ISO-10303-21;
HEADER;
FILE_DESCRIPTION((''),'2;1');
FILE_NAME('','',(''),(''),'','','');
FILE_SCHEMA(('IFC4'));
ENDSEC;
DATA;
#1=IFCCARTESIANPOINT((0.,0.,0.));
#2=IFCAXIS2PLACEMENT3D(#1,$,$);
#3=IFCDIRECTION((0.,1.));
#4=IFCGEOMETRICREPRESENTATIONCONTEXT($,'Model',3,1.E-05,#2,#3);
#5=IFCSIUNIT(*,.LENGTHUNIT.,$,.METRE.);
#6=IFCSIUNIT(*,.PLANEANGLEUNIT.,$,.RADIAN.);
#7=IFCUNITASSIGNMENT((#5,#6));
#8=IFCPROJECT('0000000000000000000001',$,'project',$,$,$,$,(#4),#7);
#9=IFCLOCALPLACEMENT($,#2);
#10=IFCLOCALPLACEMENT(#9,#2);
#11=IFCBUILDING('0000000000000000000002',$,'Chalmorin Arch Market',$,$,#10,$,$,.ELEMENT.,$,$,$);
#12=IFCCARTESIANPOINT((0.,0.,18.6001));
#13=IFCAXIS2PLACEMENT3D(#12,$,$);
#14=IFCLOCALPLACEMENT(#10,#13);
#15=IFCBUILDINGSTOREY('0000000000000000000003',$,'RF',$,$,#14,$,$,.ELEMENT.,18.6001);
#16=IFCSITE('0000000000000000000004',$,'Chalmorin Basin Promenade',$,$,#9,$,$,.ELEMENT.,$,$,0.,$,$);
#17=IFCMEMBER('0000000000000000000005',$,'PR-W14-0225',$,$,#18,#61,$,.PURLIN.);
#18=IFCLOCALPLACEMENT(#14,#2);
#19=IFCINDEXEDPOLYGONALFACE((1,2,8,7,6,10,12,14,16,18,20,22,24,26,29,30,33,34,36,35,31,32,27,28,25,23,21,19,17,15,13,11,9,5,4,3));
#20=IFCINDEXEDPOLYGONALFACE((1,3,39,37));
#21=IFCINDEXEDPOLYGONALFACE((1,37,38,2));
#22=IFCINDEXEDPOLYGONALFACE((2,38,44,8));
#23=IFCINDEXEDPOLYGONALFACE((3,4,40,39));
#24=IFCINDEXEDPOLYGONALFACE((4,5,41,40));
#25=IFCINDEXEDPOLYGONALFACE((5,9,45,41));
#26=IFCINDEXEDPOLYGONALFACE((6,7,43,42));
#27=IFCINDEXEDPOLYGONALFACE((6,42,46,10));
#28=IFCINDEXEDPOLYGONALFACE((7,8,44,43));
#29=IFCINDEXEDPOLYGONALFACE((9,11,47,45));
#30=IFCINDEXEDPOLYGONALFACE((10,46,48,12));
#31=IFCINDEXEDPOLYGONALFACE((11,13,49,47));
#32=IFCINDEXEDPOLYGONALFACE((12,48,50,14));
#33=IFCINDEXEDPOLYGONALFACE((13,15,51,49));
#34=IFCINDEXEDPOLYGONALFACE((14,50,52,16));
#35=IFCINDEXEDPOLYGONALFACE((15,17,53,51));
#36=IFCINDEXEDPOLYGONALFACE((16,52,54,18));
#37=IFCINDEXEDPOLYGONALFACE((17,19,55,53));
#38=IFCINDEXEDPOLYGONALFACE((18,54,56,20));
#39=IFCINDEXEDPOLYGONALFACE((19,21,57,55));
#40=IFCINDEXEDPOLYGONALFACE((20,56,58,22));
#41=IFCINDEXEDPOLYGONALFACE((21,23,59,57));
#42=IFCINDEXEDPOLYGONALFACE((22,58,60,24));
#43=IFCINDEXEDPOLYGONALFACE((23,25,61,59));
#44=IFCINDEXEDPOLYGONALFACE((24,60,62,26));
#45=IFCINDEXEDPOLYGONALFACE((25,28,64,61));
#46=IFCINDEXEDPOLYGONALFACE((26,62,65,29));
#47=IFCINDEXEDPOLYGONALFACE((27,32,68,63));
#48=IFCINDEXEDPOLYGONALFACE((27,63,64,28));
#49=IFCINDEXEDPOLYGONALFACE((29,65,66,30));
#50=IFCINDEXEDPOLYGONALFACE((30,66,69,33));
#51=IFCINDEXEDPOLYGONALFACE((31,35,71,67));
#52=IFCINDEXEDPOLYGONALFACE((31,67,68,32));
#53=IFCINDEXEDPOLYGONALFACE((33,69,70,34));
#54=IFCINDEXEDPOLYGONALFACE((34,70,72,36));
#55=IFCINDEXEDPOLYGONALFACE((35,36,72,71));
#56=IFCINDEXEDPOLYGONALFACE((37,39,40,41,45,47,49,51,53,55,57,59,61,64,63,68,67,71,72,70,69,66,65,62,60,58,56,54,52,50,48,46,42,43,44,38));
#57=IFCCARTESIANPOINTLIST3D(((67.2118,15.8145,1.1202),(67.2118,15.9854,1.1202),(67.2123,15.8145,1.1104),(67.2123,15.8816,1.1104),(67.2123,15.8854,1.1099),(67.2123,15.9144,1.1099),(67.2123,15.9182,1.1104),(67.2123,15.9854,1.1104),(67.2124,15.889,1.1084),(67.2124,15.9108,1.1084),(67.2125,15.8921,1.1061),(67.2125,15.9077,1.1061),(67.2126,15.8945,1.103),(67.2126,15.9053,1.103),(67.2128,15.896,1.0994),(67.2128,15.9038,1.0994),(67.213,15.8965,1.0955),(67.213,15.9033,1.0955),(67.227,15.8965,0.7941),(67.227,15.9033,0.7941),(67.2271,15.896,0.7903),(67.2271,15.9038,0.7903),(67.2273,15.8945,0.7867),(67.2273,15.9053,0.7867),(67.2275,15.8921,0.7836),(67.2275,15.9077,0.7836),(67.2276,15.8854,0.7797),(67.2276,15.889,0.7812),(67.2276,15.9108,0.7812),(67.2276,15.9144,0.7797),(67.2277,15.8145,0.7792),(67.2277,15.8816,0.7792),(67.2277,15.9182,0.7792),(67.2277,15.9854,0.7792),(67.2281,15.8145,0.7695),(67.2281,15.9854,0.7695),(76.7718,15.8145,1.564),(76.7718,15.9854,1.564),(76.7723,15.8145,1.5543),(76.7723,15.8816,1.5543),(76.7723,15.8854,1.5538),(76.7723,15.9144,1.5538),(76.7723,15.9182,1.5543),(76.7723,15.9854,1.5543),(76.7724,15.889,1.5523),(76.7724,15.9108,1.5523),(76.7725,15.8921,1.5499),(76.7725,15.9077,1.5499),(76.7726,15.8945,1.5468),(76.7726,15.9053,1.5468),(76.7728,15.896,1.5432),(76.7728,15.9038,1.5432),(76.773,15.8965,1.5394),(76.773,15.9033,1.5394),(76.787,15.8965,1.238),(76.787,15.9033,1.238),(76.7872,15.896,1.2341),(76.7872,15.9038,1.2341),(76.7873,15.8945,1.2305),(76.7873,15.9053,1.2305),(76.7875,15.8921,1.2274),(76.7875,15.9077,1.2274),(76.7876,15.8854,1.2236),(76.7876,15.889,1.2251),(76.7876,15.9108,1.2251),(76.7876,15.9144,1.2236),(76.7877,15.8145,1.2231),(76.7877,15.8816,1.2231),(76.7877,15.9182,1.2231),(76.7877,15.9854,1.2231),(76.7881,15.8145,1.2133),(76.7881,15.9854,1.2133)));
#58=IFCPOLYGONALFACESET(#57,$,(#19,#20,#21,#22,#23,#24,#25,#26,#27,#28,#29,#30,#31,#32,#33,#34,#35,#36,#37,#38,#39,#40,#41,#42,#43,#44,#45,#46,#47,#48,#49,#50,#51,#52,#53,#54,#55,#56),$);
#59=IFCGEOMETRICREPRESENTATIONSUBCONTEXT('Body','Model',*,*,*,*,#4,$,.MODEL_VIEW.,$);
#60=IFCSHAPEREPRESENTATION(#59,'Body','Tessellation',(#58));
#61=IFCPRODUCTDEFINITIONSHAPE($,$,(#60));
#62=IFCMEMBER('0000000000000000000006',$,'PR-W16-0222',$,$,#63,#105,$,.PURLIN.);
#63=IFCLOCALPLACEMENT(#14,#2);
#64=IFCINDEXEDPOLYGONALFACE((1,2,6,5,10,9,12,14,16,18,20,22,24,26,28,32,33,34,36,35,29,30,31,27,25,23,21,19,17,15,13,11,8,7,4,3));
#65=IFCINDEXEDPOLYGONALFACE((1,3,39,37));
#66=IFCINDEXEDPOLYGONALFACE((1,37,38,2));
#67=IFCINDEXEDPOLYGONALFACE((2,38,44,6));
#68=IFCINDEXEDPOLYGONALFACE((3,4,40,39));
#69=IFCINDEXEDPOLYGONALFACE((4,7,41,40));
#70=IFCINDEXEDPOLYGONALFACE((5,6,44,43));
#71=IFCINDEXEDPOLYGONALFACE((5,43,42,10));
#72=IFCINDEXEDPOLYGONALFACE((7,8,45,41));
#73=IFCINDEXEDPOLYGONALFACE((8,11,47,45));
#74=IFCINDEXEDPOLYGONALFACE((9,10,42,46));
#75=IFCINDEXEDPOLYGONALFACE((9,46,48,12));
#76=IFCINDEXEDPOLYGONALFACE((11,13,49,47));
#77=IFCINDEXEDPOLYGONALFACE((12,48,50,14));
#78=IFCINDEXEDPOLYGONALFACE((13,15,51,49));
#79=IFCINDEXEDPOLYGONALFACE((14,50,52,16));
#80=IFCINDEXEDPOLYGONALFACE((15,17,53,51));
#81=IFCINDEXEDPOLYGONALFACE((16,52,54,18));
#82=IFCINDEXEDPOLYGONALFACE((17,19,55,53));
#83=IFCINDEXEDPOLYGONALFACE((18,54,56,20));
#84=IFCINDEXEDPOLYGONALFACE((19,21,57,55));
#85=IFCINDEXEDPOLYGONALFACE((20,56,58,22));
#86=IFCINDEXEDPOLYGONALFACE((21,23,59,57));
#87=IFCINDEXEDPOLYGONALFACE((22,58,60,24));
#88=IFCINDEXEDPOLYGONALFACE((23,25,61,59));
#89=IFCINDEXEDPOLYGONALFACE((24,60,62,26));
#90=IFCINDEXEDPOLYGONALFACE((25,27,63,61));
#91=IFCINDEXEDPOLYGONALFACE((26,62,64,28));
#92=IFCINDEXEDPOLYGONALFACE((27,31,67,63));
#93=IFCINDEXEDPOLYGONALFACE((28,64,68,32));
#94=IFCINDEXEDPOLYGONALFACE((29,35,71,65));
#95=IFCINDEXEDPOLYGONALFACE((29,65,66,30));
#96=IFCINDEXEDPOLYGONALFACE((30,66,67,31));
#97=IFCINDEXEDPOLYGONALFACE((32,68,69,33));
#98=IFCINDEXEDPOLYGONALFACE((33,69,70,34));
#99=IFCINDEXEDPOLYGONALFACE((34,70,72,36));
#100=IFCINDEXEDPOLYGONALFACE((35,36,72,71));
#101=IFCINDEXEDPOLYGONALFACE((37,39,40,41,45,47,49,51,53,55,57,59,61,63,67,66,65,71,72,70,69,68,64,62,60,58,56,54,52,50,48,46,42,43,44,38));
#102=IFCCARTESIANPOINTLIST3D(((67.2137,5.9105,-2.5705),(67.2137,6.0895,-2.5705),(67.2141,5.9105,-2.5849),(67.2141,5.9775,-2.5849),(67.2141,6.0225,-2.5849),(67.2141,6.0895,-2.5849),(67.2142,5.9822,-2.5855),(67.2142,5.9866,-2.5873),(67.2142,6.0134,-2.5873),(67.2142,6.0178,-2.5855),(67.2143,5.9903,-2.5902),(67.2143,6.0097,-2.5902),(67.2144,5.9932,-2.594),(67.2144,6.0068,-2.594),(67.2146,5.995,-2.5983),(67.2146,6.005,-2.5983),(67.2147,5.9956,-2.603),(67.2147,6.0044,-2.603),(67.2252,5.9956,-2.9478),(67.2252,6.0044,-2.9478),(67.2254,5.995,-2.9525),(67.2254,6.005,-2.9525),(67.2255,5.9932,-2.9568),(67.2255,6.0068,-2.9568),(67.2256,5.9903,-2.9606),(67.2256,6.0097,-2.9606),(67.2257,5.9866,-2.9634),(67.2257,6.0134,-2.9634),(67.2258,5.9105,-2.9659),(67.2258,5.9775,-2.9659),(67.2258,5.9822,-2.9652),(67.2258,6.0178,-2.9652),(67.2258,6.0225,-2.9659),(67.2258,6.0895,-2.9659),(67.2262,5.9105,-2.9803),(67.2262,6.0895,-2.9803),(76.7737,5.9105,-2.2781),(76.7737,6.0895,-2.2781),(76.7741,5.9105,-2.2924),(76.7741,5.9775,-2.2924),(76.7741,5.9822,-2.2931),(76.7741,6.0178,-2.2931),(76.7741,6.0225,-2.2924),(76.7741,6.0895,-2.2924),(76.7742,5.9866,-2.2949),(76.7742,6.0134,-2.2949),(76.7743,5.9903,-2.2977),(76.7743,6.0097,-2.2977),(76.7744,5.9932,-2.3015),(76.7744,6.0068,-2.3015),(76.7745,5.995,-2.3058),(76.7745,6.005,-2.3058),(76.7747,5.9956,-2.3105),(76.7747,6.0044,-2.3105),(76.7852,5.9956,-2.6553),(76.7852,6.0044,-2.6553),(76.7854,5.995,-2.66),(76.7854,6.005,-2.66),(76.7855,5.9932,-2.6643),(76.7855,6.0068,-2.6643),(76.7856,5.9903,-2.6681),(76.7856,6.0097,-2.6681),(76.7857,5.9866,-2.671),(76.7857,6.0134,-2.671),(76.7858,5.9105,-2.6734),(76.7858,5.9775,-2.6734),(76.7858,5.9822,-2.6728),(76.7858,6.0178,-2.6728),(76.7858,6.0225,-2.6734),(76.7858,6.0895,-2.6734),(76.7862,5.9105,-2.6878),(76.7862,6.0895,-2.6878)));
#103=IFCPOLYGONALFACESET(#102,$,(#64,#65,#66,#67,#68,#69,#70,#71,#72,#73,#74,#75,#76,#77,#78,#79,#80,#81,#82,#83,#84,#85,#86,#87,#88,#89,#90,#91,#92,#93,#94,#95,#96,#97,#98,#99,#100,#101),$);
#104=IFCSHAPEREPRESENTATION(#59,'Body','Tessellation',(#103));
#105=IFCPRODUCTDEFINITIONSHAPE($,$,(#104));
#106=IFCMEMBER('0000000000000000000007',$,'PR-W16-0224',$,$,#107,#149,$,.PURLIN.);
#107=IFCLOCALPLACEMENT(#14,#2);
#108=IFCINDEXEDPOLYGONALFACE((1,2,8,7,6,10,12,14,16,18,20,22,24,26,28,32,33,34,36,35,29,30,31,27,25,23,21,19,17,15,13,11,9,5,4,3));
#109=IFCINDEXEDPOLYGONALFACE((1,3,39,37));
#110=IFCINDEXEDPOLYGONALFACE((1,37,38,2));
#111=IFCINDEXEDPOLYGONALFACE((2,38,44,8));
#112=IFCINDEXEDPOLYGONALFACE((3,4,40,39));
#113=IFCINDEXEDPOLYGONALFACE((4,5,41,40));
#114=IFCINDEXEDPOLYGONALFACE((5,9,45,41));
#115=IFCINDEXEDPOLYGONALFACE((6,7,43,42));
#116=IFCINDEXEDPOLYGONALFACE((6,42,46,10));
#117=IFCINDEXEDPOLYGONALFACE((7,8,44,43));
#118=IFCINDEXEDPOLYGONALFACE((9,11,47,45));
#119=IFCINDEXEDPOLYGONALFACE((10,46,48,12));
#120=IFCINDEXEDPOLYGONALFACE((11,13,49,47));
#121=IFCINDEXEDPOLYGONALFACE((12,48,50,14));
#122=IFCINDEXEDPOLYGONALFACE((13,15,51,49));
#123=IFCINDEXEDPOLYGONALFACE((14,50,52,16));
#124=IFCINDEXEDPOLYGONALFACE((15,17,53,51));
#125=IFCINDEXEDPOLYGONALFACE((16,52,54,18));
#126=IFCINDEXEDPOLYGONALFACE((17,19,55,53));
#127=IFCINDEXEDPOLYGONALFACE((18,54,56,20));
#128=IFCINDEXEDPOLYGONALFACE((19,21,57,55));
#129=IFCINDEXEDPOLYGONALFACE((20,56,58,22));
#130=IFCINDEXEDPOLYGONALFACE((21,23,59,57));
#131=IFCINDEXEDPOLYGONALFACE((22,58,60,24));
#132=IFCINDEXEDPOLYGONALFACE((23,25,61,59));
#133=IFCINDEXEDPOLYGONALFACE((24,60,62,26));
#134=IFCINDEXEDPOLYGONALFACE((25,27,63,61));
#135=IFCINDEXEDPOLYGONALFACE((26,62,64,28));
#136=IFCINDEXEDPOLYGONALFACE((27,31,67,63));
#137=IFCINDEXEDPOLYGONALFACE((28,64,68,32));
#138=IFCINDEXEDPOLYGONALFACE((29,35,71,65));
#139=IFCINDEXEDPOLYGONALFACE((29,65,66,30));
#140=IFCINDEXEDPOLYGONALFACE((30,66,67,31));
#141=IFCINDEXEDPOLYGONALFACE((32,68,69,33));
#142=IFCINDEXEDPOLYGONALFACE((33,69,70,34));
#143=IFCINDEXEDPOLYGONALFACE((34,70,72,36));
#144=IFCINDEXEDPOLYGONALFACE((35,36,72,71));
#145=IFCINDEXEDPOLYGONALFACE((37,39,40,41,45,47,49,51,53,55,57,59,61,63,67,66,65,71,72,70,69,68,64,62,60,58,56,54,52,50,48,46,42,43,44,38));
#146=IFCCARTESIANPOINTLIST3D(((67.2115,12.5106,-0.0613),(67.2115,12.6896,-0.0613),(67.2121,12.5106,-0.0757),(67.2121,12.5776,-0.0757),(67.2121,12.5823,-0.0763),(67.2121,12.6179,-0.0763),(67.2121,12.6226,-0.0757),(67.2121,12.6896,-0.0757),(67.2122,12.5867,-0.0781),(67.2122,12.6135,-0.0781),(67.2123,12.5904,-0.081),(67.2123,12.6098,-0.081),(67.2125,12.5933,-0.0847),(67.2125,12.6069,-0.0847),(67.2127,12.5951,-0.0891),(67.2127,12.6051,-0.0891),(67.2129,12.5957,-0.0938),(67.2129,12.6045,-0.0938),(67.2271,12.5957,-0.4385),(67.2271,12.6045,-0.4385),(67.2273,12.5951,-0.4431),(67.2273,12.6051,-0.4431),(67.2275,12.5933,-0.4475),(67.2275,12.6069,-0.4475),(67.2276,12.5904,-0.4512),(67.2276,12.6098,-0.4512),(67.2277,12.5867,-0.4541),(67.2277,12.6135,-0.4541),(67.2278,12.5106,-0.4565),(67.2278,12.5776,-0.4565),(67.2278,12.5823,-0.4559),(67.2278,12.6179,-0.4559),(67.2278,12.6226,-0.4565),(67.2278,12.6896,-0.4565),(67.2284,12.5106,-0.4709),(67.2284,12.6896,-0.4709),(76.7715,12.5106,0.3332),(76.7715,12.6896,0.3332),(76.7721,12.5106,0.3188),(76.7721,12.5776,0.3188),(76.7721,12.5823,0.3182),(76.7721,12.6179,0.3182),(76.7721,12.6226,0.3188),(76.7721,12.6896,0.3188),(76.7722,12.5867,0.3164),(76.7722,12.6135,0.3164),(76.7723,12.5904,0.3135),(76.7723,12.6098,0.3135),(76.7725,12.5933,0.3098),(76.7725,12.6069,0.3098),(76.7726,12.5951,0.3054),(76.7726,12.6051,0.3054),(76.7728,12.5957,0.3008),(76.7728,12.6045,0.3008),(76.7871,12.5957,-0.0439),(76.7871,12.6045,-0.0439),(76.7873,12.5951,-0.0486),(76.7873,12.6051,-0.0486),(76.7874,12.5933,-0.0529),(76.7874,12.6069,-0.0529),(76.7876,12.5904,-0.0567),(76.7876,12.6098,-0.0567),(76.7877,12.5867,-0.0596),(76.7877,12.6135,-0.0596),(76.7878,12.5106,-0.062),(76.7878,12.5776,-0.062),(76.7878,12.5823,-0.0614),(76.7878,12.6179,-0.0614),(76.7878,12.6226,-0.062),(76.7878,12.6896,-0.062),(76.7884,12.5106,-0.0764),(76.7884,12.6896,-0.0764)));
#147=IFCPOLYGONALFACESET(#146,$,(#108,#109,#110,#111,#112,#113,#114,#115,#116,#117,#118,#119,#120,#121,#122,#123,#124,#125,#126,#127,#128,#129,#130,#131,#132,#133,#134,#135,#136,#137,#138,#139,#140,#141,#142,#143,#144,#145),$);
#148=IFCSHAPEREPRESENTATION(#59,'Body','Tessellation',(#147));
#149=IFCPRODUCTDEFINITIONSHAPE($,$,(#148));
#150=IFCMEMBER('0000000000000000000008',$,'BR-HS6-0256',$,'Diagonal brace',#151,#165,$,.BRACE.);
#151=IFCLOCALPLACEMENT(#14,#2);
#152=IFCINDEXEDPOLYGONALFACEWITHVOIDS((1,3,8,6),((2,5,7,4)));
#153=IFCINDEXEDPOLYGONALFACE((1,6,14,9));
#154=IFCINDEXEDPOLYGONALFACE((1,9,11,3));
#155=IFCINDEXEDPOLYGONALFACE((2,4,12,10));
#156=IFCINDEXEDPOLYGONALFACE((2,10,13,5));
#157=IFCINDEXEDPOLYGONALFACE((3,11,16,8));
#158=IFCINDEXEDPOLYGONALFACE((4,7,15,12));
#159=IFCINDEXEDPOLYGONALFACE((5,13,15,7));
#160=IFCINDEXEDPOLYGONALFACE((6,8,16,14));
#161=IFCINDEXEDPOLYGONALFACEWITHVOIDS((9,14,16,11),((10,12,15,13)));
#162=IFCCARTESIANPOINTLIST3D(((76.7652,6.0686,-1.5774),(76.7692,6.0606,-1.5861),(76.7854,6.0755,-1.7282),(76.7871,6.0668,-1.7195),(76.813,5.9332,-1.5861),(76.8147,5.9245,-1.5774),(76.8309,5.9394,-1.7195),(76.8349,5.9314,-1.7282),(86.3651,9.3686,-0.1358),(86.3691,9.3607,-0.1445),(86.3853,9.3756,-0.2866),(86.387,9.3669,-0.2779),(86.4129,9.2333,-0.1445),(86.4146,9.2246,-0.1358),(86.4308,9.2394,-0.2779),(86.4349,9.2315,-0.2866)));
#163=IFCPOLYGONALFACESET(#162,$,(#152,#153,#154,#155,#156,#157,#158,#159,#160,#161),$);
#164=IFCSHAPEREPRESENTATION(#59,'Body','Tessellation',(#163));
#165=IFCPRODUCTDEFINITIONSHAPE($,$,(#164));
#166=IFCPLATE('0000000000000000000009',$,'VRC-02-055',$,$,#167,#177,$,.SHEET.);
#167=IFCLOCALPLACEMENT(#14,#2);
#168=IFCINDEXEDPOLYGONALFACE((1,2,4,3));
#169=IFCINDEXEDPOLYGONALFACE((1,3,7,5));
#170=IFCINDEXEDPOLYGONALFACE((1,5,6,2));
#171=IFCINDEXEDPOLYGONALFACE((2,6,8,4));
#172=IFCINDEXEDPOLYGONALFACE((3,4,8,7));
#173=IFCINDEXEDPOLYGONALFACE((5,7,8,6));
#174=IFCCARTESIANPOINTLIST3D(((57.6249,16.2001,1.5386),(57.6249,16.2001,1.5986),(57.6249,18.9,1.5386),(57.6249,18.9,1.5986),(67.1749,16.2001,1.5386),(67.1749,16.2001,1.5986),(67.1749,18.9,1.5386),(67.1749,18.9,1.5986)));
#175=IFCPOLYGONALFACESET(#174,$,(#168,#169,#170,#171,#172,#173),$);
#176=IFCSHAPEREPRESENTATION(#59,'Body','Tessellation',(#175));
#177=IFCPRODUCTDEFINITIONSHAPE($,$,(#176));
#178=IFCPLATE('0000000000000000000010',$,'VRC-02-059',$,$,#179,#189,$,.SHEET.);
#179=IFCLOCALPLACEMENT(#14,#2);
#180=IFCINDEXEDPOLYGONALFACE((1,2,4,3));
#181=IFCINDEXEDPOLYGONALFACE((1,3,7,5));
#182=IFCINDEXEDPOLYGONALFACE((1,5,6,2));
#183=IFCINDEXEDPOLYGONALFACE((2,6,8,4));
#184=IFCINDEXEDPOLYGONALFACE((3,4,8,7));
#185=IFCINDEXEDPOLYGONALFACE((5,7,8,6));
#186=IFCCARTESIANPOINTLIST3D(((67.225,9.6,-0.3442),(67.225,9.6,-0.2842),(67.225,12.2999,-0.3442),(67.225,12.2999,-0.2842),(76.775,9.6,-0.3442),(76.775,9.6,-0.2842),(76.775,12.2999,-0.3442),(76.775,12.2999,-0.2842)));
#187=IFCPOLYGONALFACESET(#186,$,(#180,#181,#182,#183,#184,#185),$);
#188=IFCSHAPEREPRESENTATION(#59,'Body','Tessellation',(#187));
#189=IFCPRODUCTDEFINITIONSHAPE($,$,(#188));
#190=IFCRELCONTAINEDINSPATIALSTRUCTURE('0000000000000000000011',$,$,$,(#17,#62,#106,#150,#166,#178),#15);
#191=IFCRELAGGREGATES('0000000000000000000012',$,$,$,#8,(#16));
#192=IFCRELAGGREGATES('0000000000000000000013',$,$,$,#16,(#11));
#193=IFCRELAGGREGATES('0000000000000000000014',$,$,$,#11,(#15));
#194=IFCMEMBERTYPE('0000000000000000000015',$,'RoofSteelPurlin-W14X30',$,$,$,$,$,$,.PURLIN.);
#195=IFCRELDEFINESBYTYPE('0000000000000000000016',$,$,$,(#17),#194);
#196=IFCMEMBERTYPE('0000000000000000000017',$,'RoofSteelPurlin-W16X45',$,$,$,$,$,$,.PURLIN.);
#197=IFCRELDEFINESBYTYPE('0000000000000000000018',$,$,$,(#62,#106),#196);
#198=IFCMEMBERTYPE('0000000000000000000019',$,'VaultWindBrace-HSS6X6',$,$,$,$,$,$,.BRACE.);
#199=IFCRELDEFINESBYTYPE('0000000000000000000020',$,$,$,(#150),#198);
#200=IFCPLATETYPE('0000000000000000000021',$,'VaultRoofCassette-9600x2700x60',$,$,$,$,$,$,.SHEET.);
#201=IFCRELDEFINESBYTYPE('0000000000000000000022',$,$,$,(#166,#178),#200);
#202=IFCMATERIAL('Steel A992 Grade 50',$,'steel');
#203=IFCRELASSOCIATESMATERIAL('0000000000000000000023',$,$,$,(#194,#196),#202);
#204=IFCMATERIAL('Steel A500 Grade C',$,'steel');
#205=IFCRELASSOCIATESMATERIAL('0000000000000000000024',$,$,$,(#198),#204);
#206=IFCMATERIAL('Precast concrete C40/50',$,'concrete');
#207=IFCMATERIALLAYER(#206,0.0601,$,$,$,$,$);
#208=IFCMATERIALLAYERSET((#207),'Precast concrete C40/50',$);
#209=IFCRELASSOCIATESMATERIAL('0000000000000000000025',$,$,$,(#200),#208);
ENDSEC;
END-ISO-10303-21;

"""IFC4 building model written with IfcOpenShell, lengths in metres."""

from ifc_helpers import new_model, si_unit, direction, frame, origin, origin_2d, place, context, subcontext, project, spatial, rectangle, hollow_rectangle, i_section, extrude, material, layer, layer_set, material_profile, profile_set, type_object, element, save


model = new_model("IFC4")

# Units and contexts
model_context = context("Model", 3, precision=1e-05, world=origin(), true_north=direction((0.0, 1.0)))
body_context = subcontext(model_context, "Body", "Model", "MODEL_VIEW")
ifc_project = project(units=[si_unit("LENGTHUNIT", "METRE"), si_unit("PLANEANGLEUNIT", "RADIAN")], contexts=[model_context])

# Site, building, storey
site_placement = place(None, origin())
site = spatial("IfcSite", under=ifc_project, at=site_placement, Name="Chalmorin Basin Promenade", CompositionType="ELEMENT", RefElevation=0.0)
building_placement = place(site_placement, origin())
building = spatial("IfcBuilding", under=site, at=building_placement, Name="Chalmorin Arch Market", CompositionType="ELEMENT")
storey_placement = place(building_placement, frame((0.0, 0.0, 18.6001)))
storey = spatial("IfcBuildingStorey", under=building, at=storey_placement, Name="RF", CompositionType="ELEMENT", Elevation=18.6001)

# Shared definitions
ifc_material_1 = material(Name="Steel A500 Grade C", Category="steel")

# Members
ifc_material_2 = material(Name="Steel A992 Grade 50", Category="steel")
ifc_material_profile_1 = material_profile(ifc_material_2, i_section(OverallWidth=0.1709, OverallDepth=0.3511, WebThickness=0.0068, FlangeThickness=0.0098, FilletRadius=0.0149, at=origin_2d()), Name="W14X30")
ifc_profile_set_1 = profile_set([ifc_material_profile_1], Name="Steel A992 Grade 50")
member_type_1 = type_object("IfcMemberType", Name="RoofSteelPurlin-W14X30", PredefinedType="PURLIN", material=ifc_profile_set_1)
member_1_placement = place(storey_placement, frame((67.22, 15.8999, 0.9448), z_axis=(0.998924, 0.0, 0.046377), x_axis=(0.0, 1.0, 0.0)))
element("IfcMember", 1, at=member_1_placement, inside=storey, type_object=member_type_1, Name="PR-W14-0225", PredefinedType="PURLIN", context=body_context, shape_type="SweptSolid", body=[
    extrude(i_section(OverallWidth=0.1709, OverallDepth=0.3511, WebThickness=0.0068, FlangeThickness=0.0098, FilletRadius=0.0149, at=origin_2d()), origin(), (0.0, 0.0, 1.0), 9.5703),
])
ifc_material_profile_2 = material_profile(ifc_material_2, i_section(OverallWidth=0.179, OverallDepth=0.4099, WebThickness=0.0088, FlangeThickness=0.0144, FilletRadius=0.0181, at=origin_2d()), Name="W16X45")
ifc_profile_set_2 = profile_set([ifc_material_profile_2], Name="Steel A992 Grade 50")
member_type_2 = type_object("IfcMemberType", Name="RoofSteelPurlin-W16X45", PredefinedType="PURLIN", material=ifc_profile_set_2)
member_2_placement = place(storey_placement, frame((67.22, 6.0, -2.7754), z_axis=(0.999532, 0.0, 0.03058), x_axis=(0.0, 1.0, 0.0)))
element("IfcMember", 2, at=member_2_placement, inside=storey, type_object=member_type_2, Name="PR-W16-0222", PredefinedType="PURLIN", context=body_context, shape_type="SweptSolid", body=[
    extrude(i_section(OverallWidth=0.179, OverallDepth=0.4099, WebThickness=0.0088, FlangeThickness=0.0144, FilletRadius=0.0181, at=origin_2d()), origin(), (0.0, 0.0, 1.0), 9.5645),
])
member_3_placement = place(storey_placement, frame((67.22, 12.6001, -0.2661), z_axis=(0.99915, 0.0, 0.041234), x_axis=(0.0, 1.0, 0.0)))
element("IfcMember", 3, at=member_3_placement, inside=storey, type_object=member_type_2, Name="PR-W16-0224", PredefinedType="PURLIN", context=body_context, shape_type="SweptSolid", body=[
    extrude(i_section(OverallWidth=0.179, OverallDepth=0.4099, WebThickness=0.0088, FlangeThickness=0.0144, FilletRadius=0.0181, at=origin_2d()), origin(), (0.0, 0.0, 1.0), 9.5681),
])
ifc_material_profile_3 = material_profile(ifc_material_1, hollow_rectangle(XDim=0.1523, YDim=0.1523, WallThickness=0.0088, at=origin_2d()), Name="HSS6X6X3/8")
ifc_profile_set_3 = profile_set([ifc_material_profile_3], Name="Steel A500 Grade C")
member_type_3 = type_object("IfcMemberType", Name="VaultWindBrace-HSS6X6", PredefinedType="BRACE", material=ifc_profile_set_3)
member_4_placement = place(storey_placement, frame((76.8, 6.0, -1.6528), z_axis=(0.936289, 0.321859, 0.140606), x_axis=(-0.325089, 0.945684, 0.0)))
element("IfcMember", 4, at=member_4_placement, inside=storey, type_object=member_type_3, Name="BR-HS6-0256", ObjectType="Diagonal brace", PredefinedType="BRACE", context=body_context, shape_type="SweptSolid", body=[
    extrude(hollow_rectangle(XDim=0.1523, YDim=0.1523, WallThickness=0.0088, at=origin_2d()), origin(), (0.0, 0.0, 1.0), 10.2532),
])

# Plates
ifc_material_3 = material(Name="Precast concrete C40/50", Category="concrete")
ifc_layer_1 = layer(ifc_material_3, 0.0601)
ifc_layer_set_1 = layer_set([ifc_layer_1], Name="Precast concrete C40/50")
plate_type_1 = type_object("IfcPlateType", Name="VaultRoofCassette-9600x2700x60", PredefinedType="SHEET", material=ifc_layer_set_1)
for number, where, z_axis, x_axis, name in (
    (5, (62.3999, 17.55, 1.5386), (0.0, 0.0, 1.0), (1.0, 0.0, 0.0), "VRC-02-055"),
    (6, (72.0, 10.95, -0.3442), (0.0, 0.0, 1.0), (1.0, 0.0, 0.0), "VRC-02-059"),
):
    element("IfcPlate", number, at=place(storey_placement, frame(where, z_axis=z_axis, x_axis=x_axis)), inside=storey, type_object=plate_type_1, Name=name, PredefinedType="SHEET", context=body_context, shape_type="SweptSolid", body=[
        extrude(rectangle(XDim=9.55, YDim=2.7, at=origin_2d()), origin(), (0.0, 0.0, 1.0), 0.0601),
    ])

save(model, "model.ifc")
